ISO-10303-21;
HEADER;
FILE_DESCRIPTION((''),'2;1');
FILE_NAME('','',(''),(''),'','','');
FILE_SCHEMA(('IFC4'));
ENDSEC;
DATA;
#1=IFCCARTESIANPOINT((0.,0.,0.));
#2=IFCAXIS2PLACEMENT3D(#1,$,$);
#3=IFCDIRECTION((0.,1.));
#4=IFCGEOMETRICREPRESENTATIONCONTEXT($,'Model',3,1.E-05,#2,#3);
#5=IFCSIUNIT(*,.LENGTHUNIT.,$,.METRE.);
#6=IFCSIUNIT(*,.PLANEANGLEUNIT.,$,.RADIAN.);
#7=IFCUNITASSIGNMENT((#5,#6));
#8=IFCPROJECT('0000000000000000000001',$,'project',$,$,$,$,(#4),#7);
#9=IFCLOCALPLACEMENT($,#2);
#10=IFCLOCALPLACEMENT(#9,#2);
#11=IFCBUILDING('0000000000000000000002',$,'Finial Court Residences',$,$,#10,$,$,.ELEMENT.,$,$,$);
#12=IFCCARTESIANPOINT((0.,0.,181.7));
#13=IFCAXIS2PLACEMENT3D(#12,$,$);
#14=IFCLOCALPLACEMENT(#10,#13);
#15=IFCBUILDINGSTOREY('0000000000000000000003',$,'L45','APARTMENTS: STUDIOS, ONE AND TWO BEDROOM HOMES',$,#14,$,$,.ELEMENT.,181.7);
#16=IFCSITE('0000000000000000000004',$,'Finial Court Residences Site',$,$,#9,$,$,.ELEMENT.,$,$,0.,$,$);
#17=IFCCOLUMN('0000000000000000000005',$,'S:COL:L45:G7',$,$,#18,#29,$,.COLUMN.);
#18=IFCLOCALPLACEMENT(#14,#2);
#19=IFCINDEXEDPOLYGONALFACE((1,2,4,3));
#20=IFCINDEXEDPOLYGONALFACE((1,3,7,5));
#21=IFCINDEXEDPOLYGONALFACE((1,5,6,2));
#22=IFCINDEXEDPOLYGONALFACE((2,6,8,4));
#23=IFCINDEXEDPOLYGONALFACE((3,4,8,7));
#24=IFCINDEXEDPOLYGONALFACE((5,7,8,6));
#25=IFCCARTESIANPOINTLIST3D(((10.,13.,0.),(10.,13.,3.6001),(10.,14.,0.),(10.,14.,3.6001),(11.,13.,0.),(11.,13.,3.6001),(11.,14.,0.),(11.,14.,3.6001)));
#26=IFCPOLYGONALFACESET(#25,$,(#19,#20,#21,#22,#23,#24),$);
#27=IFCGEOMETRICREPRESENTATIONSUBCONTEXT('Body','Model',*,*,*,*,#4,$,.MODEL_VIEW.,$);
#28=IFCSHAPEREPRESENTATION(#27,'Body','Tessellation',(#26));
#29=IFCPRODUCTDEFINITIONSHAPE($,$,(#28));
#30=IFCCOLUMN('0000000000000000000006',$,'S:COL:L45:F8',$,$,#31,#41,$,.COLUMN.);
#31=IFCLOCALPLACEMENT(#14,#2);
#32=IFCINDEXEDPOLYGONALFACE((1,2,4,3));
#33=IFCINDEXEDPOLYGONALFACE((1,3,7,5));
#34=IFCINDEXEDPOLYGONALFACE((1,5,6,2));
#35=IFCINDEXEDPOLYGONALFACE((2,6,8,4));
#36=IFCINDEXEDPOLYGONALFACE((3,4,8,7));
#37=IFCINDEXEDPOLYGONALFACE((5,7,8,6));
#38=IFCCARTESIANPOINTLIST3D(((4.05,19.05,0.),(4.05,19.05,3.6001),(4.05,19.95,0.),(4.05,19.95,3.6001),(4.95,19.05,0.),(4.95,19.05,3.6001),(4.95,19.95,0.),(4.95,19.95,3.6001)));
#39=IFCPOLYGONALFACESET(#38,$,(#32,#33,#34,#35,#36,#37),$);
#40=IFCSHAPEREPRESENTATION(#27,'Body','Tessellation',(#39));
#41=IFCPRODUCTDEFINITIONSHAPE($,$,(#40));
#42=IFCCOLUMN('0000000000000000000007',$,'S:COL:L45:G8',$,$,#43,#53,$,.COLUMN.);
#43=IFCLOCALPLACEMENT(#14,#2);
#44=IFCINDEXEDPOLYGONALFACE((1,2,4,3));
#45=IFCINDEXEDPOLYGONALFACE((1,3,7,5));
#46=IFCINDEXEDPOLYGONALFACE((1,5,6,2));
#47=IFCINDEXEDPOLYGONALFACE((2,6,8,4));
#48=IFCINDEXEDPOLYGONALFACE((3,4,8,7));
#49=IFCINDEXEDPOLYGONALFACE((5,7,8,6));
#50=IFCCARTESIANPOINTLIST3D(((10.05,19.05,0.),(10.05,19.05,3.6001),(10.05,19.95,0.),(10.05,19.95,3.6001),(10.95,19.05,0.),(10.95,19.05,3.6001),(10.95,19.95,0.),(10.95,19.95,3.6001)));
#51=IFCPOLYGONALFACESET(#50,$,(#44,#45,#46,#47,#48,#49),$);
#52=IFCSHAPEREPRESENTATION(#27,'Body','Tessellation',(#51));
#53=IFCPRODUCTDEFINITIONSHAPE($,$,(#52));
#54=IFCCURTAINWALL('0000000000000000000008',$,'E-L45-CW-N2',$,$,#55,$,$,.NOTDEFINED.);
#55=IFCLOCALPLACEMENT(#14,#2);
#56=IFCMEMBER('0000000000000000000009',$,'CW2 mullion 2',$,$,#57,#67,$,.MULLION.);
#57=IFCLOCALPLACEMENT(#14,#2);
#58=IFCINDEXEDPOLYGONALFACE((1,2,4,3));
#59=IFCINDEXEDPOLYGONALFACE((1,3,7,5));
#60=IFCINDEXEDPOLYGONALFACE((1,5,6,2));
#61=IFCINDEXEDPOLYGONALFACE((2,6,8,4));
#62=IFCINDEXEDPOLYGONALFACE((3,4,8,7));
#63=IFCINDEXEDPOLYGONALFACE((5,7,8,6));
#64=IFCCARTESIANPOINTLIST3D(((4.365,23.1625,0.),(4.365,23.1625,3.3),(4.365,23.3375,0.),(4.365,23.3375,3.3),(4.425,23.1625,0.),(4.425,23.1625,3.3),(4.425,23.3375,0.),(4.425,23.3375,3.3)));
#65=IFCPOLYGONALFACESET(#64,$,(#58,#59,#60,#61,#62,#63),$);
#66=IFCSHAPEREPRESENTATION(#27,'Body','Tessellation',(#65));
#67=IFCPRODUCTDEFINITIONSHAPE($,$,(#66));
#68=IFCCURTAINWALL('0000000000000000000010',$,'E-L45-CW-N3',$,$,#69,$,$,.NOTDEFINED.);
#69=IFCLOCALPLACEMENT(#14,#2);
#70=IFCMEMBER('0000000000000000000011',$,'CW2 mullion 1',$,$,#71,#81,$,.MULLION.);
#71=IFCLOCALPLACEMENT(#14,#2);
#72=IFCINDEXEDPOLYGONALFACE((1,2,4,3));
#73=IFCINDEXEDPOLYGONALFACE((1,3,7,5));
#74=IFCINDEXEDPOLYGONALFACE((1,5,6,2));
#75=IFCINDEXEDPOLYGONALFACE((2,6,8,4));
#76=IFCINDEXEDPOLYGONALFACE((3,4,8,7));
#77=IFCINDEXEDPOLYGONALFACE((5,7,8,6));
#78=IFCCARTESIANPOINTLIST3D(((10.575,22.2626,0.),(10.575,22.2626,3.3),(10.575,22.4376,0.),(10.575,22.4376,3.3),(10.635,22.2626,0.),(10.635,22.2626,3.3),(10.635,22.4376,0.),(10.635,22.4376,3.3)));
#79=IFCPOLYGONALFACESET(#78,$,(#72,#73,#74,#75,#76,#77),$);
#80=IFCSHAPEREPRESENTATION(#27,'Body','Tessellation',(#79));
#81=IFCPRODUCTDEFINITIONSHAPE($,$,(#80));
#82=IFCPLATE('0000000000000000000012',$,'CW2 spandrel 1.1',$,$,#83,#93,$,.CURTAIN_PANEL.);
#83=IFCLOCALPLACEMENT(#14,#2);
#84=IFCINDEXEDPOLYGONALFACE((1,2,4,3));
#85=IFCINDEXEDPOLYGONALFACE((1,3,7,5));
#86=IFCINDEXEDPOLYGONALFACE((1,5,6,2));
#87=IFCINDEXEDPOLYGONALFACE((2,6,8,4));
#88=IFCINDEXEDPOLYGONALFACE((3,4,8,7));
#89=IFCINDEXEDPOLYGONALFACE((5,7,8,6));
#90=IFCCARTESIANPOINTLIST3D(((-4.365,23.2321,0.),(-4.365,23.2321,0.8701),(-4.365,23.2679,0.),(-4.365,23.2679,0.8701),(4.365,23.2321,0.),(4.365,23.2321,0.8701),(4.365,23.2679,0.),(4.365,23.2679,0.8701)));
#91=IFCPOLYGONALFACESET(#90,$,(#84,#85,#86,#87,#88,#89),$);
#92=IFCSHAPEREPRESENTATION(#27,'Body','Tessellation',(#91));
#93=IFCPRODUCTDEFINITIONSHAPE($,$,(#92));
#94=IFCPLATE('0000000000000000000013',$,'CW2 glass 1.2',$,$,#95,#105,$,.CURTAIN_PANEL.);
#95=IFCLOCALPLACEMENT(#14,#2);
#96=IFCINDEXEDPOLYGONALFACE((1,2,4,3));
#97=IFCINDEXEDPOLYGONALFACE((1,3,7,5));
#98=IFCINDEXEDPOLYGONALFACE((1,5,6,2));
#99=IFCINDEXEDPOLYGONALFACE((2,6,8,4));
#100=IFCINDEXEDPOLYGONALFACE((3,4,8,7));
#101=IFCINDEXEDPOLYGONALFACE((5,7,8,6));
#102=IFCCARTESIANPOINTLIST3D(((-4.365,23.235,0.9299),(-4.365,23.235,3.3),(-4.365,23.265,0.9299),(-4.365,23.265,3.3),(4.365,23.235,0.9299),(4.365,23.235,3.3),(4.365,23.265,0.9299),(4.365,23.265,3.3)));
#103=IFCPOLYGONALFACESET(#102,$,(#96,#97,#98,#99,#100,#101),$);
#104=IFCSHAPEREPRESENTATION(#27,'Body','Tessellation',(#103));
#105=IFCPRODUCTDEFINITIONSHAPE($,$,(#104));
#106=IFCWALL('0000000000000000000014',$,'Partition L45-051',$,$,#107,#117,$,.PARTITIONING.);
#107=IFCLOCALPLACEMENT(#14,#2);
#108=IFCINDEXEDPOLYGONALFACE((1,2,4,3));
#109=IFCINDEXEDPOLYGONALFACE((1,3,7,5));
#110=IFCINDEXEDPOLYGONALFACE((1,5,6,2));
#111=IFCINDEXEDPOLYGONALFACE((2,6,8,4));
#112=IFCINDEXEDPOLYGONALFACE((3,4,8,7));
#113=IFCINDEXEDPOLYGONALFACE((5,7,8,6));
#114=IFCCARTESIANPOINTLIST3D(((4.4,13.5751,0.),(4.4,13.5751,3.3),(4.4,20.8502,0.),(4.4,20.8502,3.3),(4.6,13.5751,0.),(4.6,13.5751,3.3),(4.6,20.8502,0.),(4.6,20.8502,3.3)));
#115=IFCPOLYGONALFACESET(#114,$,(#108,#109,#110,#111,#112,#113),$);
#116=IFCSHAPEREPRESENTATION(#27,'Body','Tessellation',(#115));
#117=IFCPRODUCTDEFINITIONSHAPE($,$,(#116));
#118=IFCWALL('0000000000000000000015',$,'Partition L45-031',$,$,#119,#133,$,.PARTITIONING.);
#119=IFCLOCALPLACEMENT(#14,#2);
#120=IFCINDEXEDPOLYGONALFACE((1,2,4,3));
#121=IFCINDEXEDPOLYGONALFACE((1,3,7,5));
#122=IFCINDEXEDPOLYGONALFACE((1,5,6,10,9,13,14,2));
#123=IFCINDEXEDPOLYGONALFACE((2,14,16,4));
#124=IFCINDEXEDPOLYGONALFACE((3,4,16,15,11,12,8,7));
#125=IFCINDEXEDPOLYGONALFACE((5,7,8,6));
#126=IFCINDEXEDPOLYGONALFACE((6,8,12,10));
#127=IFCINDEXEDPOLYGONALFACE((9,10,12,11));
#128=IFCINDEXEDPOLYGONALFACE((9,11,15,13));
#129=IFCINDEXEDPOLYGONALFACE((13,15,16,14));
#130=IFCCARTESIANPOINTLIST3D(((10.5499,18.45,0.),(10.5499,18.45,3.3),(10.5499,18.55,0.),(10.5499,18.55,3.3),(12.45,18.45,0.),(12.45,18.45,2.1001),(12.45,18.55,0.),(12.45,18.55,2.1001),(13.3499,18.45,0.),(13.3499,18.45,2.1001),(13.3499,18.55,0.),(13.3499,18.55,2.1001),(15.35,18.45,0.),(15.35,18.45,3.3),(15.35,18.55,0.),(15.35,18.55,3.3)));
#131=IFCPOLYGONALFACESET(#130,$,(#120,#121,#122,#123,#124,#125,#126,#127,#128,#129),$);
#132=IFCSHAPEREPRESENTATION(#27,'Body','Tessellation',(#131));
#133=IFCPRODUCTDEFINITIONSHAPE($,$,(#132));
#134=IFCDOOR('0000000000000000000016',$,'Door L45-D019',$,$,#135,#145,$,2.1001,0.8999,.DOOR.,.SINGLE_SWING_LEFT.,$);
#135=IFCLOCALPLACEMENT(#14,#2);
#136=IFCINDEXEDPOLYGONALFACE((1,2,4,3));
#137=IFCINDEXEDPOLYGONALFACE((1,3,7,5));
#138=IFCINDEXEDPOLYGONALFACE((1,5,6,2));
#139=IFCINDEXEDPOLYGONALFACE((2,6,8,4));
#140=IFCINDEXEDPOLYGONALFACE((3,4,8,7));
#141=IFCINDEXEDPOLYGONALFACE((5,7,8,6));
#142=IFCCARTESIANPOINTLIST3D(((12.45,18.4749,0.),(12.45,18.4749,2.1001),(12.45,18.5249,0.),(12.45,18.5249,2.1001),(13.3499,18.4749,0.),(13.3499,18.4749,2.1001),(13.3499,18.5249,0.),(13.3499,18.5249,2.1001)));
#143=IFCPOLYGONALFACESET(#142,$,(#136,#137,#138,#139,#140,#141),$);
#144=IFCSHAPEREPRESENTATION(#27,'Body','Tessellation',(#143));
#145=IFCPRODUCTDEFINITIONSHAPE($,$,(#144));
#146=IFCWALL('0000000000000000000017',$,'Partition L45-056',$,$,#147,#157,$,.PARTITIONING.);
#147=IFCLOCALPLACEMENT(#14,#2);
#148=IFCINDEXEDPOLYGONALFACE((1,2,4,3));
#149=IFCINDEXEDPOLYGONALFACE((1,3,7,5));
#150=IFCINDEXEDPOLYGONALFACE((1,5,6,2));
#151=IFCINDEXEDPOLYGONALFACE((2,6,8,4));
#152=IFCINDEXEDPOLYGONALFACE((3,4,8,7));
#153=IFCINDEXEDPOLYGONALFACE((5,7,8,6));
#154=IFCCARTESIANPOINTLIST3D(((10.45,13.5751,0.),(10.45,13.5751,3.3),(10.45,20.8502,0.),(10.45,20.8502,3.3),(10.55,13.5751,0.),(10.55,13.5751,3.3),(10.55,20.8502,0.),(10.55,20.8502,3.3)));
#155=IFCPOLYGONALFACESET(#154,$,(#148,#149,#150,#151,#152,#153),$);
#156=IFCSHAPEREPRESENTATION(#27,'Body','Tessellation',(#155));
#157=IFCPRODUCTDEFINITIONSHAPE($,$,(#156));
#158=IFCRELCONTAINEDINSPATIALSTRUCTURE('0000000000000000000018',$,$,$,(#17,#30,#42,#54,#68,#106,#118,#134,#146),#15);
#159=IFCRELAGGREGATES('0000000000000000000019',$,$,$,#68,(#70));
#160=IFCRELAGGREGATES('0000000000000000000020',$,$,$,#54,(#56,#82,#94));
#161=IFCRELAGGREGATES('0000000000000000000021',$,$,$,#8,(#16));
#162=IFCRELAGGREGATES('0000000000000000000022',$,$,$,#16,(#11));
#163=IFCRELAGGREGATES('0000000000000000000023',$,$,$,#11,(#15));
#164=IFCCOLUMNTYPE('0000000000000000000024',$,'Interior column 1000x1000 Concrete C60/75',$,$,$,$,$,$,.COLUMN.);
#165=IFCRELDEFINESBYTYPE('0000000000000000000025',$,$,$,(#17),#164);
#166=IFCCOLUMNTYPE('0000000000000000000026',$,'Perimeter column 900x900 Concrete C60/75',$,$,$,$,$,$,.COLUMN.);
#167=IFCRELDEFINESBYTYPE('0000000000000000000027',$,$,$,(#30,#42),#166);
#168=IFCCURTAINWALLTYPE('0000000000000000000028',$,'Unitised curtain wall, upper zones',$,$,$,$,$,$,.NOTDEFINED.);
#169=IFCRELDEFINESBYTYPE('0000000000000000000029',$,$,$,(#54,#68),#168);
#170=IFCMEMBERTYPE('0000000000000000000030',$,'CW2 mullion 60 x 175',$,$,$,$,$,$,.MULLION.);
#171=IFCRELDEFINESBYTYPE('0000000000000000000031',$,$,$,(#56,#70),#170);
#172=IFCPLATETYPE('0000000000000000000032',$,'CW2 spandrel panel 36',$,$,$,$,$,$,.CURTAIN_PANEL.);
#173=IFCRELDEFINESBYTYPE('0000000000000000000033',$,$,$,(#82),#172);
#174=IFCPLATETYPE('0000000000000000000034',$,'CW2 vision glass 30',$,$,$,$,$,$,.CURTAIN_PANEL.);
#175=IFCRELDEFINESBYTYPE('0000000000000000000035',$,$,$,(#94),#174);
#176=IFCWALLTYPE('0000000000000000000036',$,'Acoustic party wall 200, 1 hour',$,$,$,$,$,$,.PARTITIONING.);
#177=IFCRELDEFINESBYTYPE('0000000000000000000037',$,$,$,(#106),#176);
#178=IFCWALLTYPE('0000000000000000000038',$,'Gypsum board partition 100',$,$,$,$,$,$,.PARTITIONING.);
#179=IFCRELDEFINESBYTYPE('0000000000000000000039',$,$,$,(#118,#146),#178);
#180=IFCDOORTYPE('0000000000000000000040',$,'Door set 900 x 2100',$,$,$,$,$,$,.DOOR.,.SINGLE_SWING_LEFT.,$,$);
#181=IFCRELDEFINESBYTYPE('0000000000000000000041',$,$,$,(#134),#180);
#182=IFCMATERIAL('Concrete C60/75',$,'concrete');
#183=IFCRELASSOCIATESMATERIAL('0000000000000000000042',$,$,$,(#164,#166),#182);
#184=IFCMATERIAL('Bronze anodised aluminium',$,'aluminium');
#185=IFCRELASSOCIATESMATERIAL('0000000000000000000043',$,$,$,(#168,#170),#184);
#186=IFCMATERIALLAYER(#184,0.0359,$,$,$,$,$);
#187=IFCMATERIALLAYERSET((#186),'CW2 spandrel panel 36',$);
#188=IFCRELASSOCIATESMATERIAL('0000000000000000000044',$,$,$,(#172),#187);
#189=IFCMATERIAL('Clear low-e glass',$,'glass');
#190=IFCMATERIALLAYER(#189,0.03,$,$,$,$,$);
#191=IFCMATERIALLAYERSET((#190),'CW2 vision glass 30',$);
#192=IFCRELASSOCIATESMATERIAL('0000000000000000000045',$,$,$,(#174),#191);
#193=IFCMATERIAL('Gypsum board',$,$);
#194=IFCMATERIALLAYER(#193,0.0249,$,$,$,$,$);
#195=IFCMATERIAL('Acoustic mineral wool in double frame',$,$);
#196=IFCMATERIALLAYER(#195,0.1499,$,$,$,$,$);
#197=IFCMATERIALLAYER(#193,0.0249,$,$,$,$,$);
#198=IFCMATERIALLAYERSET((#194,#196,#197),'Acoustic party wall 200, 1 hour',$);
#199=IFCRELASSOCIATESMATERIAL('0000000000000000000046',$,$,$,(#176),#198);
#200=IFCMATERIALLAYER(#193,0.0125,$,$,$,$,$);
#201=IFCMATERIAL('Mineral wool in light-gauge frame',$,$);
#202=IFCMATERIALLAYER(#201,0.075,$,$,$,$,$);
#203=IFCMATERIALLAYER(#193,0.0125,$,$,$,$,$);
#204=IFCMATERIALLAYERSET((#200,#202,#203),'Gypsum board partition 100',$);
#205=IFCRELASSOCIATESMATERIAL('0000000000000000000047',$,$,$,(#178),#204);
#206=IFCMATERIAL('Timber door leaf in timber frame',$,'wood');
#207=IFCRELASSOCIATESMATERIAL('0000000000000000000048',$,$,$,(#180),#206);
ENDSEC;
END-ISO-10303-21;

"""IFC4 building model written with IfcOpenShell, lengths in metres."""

from ifc_helpers import new_model, si_unit, direction, frame, frame_2d, origin, origin_2d, place, context, subcontext, project, spatial, rectangle, extrude, material, layer, layer_set, material_profile, profile_set, type_object, element, fill, aggregate, save


model = new_model("IFC4")

# Units and contexts
model_context = context("Model", 3, precision=1e-05, world=origin(), true_north=direction((0.0, 1.0)))
body_context = subcontext(model_context, "Body", "Model", "MODEL_VIEW")
ifc_project = project(units=[si_unit("LENGTHUNIT", "METRE"), si_unit("PLANEANGLEUNIT", "RADIAN")], contexts=[model_context])

# Site, building, storey
site_placement = place(None, origin())
site = spatial("IfcSite", under=ifc_project, at=site_placement, Name="Finial Court Residences Site", CompositionType="ELEMENT", RefElevation=0.0)
building_placement = place(site_placement, origin())
building = spatial("IfcBuilding", under=site, at=building_placement, Name="Finial Court Residences", CompositionType="ELEMENT")
storey_placement = place(building_placement, frame((0.0, 0.0, 181.7)))
storey = spatial("IfcBuildingStorey", under=building, at=storey_placement, Name="L45", Description="APARTMENTS: STUDIOS, ONE AND TWO BEDROOM HOMES", CompositionType="ELEMENT", Elevation=181.7)

# Columns
ifc_material_1 = material(Name="Concrete C60/75", Category="concrete")
ifc_material_profile_1 = material_profile(ifc_material_1, rectangle(XDim=1.0, YDim=1.0, at=origin_2d()), Name="1000x1000")
ifc_profile_set_1 = profile_set([ifc_material_profile_1], Name="Concrete C60/75")
column_type_1 = type_object("IfcColumnType", Name="Interior column 1000x1000 Concrete C60/75", PredefinedType="COLUMN", material=ifc_profile_set_1)
column_placement = place(storey_placement, frame((10.5, 13.5, 0.0), z_axis=(0.0, 0.0, 1.0), x_axis=(1.0, 0.0, 0.0)))
element("IfcColumn", 1, at=column_placement, inside=storey, type_object=column_type_1, Name="S:COL:L45:G7", PredefinedType="COLUMN", context=body_context, shape_type="SweptSolid", body=[
    extrude(rectangle(XDim=1.0, YDim=1.0, at=origin_2d()), origin(), (0.0, 0.0, 1.0), 3.6001),
])
ifc_material_profile_2 = material_profile(ifc_material_1, rectangle(XDim=0.8999, YDim=0.8999, at=origin_2d()), Name="900x900")
ifc_profile_set_2 = profile_set([ifc_material_profile_2], Name="Concrete C60/75")
column_type_2 = type_object("IfcColumnType", Name="Perimeter column 900x900 Concrete C60/75", PredefinedType="COLUMN", material=ifc_profile_set_2)
for number, where, z_axis, x_axis, name in (
    (2, (4.5, 19.5, 0.0), (0.0, 0.0, 1.0), (1.0, 0.0, 0.0), "S:COL:L45:F8"),
    (3, (10.5, 19.5, 0.0), (0.0, 0.0, 1.0), (1.0, 0.0, 0.0), "S:COL:L45:G8"),
):
    element("IfcColumn", number, at=place(storey_placement, frame(where, z_axis=z_axis, x_axis=x_axis)), inside=storey, type_object=column_type_2, Name=name, PredefinedType="COLUMN", context=body_context, shape_type="SweptSolid", body=[
        extrude(rectangle(XDim=0.8999, YDim=0.8999, at=origin_2d()), origin(), (0.0, 0.0, 1.0), 3.6001),
    ])

# Curtain walls, members
ifc_material_2 = material(Name="Bronze anodised aluminium", Category="aluminium")
curtain_wall_type = type_object("IfcCurtainWallType", Name="Unitised curtain wall, upper zones", PredefinedType="NOTDEFINED", material=ifc_material_2)
curtain_wall_1_placement = place(storey_placement, origin())
curtain_wall_1 = element("IfcCurtainWall", 4, at=curtain_wall_1_placement, inside=storey, type_object=curtain_wall_type, Name="E-L45-CW-N2", PredefinedType="NOTDEFINED")
ifc_material_profile_3 = material_profile(ifc_material_2, rectangle(XDim=0.175, YDim=0.0601, at=origin_2d()), Name="CW2 mullion 60 x 175")
ifc_profile_set_3 = profile_set([ifc_material_profile_3], Name="Bronze anodised aluminium")
member_type = type_object("IfcMemberType", Name="CW2 mullion 60 x 175", PredefinedType="MULLION", material=ifc_profile_set_3)
member_1_placement = place(storey_placement, frame((4.395, 23.25, 0.0), z_axis=(0.0, 0.0, 1.0), x_axis=(0.0, 1.0, 0.0)))
member_1 = element("IfcMember", 5, at=member_1_placement, type_object=member_type, Name="CW2 mullion 2", PredefinedType="MULLION", context=body_context, shape_type="SweptSolid", body=[
    extrude(rectangle(XDim=0.175, YDim=0.0601, at=origin_2d()), origin(), (0.0, 0.0, 1.0), 3.3),
])
curtain_wall_2_placement = place(storey_placement, origin())
curtain_wall_2 = element("IfcCurtainWall", 6, at=curtain_wall_2_placement, inside=storey, type_object=curtain_wall_type, Name="E-L45-CW-N3", PredefinedType="NOTDEFINED")
member_2_placement = place(storey_placement, frame((10.605, 22.3501, 0.0), z_axis=(0.0, 0.0, 1.0), x_axis=(0.0, 1.0, 0.0)))
member_2 = element("IfcMember", 7, at=member_2_placement, type_object=member_type, Name="CW2 mullion 1", PredefinedType="MULLION", context=body_context, shape_type="SweptSolid", body=[
    extrude(rectangle(XDim=0.175, YDim=0.0601, at=origin_2d()), origin(), (0.0, 0.0, 1.0), 3.3),
])
aggregate(curtain_wall_2, [member_2])

# Plates
ifc_layer_1 = layer(ifc_material_2, 0.0359)
ifc_layer_set_1 = layer_set([ifc_layer_1], Name="CW2 spandrel panel 36")
plate_type_1 = type_object("IfcPlateType", Name="CW2 spandrel panel 36", PredefinedType="CURTAIN_PANEL", material=ifc_layer_set_1)
plate_1_placement = place(storey_placement, frame((0.0, 23.25, 0.0), z_axis=(0.0, 0.0, 1.0), x_axis=(1.0, 0.0, 0.0)))
plate_1 = element("IfcPlate", 8, at=plate_1_placement, type_object=plate_type_1, Name="CW2 spandrel 1.1", PredefinedType="CURTAIN_PANEL", context=body_context, shape_type="SweptSolid", body=[
    extrude(rectangle(XDim=8.73, YDim=0.0359, at=origin_2d()), origin(), (0.0, 0.0, 1.0), 0.8701),
])
ifc_material_3 = material(Name="Clear low-e glass", Category="glass")
ifc_layer_2 = layer(ifc_material_3, 0.03)
ifc_layer_set_2 = layer_set([ifc_layer_2], Name="CW2 vision glass 30")
plate_type_2 = type_object("IfcPlateType", Name="CW2 vision glass 30", PredefinedType="CURTAIN_PANEL", material=ifc_layer_set_2)
plate_2_placement = place(storey_placement, frame((0.0, 23.25, 0.9299), z_axis=(0.0, 0.0, 1.0), x_axis=(1.0, 0.0, 0.0)))
plate_2 = element("IfcPlate", 9, at=plate_2_placement, type_object=plate_type_2, Name="CW2 glass 1.2", PredefinedType="CURTAIN_PANEL", context=body_context, shape_type="SweptSolid", body=[
    extrude(rectangle(XDim=8.73, YDim=0.03, at=origin_2d()), origin(), (0.0, 0.0, 1.0), 2.3701),
])
aggregate(curtain_wall_1, [member_1, plate_1, plate_2])

# Wall
ifc_material_4 = material(Name="Gypsum board")
ifc_layer_3 = layer(ifc_material_4, 0.0249)
ifc_material_5 = material(Name="Acoustic mineral wool in double frame")
ifc_layer_4 = layer(ifc_material_5, 0.1499)
ifc_layer_5 = layer(ifc_material_4, 0.0249)
ifc_layer_set_3 = layer_set([ifc_layer_3, ifc_layer_4, ifc_layer_5], Name="Acoustic party wall 200, 1 hour")
wall_type_1 = type_object("IfcWallType", Name="Acoustic party wall 200, 1 hour", PredefinedType="PARTITIONING", material=ifc_layer_set_3)
wall_1_placement = place(storey_placement, frame((4.5, 13.575, 0.0), z_axis=(0.0, 0.0, 1.0), x_axis=(0.0, 1.0, 0.0)))
element("IfcWall", 10, at=wall_1_placement, inside=storey, type_object=wall_type_1, Name="Partition L45-051", PredefinedType="PARTITIONING", context=body_context, shape_type="SweptSolid", body=[
    extrude(rectangle(XDim=7.2751, YDim=0.2, at=frame_2d((3.6377, 0.0))), origin(), (0.0, 0.0, 1.0), 3.3),
])

# Wall, opening, door
ifc_layer_6 = layer(ifc_material_4, 0.0125)
ifc_material_6 = material(Name="Mineral wool in light-gauge frame")
ifc_layer_7 = layer(ifc_material_6, 0.075)
ifc_layer_8 = layer(ifc_material_4, 0.0125)
ifc_layer_set_4 = layer_set([ifc_layer_6, ifc_layer_7, ifc_layer_8], Name="Gypsum board partition 100")
wall_type_2 = type_object("IfcWallType", Name="Gypsum board partition 100", PredefinedType="PARTITIONING", material=ifc_layer_set_4)
wall_2_placement = place(storey_placement, frame((10.55, 18.5, 0.0), z_axis=(0.0, 0.0, 1.0), x_axis=(1.0, 0.0, 0.0)))
wall_2 = element("IfcWall", 11, at=wall_2_placement, inside=storey, type_object=wall_type_2, Name="Partition L45-031", PredefinedType="PARTITIONING", context=body_context, shape_type="SweptSolid", body=[
    extrude(rectangle(XDim=4.8, YDim=0.1001, at=frame_2d((2.3999, 0.0))), origin(), (0.0, 0.0, 1.0), 3.3),
])
opening_1_placement = place(wall_2_placement, frame((1.8999, 0.0, 0.0)))
opening_1 = element("IfcOpeningElement", 12, at=opening_1_placement, cuts=wall_2, PredefinedType="OPENING", context=body_context, shape_type="SweptSolid", body=[
    extrude(rectangle(XDim=0.8999, YDim=2.1001, at=frame_2d((0.45, 1.05))), frame((0.0, 0.0601, 0.0), z_axis=(0.0, -1.0, 0.0), x_axis=(1.0, 0.0, 0.0)), (0.0, 0.0, 1.0), 0.1201),
])
ifc_material_7 = material(Name="Timber door leaf in timber frame", Category="wood")
door_type_1 = type_object("IfcDoorType", Name="Door set 900 x 2100", OperationType="SINGLE_SWING_LEFT", PredefinedType="DOOR", material=ifc_material_7)
door_1_placement = place(opening_1_placement, origin())
door_1 = element("IfcDoor", 13, at=door_1_placement, inside=storey, type_object=door_type_1, Name="Door L45-D019", OperationType="SINGLE_SWING_LEFT", OverallHeight=2.1001, OverallWidth=0.8999, PredefinedType="DOOR", context=body_context, shape_type="SweptSolid", body=[
    extrude(rectangle(XDim=0.8999, YDim=2.1001, at=frame_2d((0.45, 1.05))), frame((0.0, 0.0249, 0.0), z_axis=(0.0, -1.0, 0.0), x_axis=(1.0, 0.0, 0.0)), (0.0, 0.0, 1.0), 0.05),
])
fill(opening_1, door_1)

# Wall
wall_3_placement = place(storey_placement, frame((10.5, 13.575, 0.0), z_axis=(0.0, 0.0, 1.0), x_axis=(0.0, 1.0, 0.0)))
element("IfcWall", 14, at=wall_3_placement, inside=storey, type_object=wall_type_2, Name="Partition L45-056", PredefinedType="PARTITIONING", context=body_context, shape_type="SweptSolid", body=[
    extrude(rectangle(XDim=7.2751, YDim=0.1001, at=frame_2d((3.6377, 0.0))), origin(), (0.0, 0.0, 1.0), 3.3),
])

save(model, "model.ifc")
